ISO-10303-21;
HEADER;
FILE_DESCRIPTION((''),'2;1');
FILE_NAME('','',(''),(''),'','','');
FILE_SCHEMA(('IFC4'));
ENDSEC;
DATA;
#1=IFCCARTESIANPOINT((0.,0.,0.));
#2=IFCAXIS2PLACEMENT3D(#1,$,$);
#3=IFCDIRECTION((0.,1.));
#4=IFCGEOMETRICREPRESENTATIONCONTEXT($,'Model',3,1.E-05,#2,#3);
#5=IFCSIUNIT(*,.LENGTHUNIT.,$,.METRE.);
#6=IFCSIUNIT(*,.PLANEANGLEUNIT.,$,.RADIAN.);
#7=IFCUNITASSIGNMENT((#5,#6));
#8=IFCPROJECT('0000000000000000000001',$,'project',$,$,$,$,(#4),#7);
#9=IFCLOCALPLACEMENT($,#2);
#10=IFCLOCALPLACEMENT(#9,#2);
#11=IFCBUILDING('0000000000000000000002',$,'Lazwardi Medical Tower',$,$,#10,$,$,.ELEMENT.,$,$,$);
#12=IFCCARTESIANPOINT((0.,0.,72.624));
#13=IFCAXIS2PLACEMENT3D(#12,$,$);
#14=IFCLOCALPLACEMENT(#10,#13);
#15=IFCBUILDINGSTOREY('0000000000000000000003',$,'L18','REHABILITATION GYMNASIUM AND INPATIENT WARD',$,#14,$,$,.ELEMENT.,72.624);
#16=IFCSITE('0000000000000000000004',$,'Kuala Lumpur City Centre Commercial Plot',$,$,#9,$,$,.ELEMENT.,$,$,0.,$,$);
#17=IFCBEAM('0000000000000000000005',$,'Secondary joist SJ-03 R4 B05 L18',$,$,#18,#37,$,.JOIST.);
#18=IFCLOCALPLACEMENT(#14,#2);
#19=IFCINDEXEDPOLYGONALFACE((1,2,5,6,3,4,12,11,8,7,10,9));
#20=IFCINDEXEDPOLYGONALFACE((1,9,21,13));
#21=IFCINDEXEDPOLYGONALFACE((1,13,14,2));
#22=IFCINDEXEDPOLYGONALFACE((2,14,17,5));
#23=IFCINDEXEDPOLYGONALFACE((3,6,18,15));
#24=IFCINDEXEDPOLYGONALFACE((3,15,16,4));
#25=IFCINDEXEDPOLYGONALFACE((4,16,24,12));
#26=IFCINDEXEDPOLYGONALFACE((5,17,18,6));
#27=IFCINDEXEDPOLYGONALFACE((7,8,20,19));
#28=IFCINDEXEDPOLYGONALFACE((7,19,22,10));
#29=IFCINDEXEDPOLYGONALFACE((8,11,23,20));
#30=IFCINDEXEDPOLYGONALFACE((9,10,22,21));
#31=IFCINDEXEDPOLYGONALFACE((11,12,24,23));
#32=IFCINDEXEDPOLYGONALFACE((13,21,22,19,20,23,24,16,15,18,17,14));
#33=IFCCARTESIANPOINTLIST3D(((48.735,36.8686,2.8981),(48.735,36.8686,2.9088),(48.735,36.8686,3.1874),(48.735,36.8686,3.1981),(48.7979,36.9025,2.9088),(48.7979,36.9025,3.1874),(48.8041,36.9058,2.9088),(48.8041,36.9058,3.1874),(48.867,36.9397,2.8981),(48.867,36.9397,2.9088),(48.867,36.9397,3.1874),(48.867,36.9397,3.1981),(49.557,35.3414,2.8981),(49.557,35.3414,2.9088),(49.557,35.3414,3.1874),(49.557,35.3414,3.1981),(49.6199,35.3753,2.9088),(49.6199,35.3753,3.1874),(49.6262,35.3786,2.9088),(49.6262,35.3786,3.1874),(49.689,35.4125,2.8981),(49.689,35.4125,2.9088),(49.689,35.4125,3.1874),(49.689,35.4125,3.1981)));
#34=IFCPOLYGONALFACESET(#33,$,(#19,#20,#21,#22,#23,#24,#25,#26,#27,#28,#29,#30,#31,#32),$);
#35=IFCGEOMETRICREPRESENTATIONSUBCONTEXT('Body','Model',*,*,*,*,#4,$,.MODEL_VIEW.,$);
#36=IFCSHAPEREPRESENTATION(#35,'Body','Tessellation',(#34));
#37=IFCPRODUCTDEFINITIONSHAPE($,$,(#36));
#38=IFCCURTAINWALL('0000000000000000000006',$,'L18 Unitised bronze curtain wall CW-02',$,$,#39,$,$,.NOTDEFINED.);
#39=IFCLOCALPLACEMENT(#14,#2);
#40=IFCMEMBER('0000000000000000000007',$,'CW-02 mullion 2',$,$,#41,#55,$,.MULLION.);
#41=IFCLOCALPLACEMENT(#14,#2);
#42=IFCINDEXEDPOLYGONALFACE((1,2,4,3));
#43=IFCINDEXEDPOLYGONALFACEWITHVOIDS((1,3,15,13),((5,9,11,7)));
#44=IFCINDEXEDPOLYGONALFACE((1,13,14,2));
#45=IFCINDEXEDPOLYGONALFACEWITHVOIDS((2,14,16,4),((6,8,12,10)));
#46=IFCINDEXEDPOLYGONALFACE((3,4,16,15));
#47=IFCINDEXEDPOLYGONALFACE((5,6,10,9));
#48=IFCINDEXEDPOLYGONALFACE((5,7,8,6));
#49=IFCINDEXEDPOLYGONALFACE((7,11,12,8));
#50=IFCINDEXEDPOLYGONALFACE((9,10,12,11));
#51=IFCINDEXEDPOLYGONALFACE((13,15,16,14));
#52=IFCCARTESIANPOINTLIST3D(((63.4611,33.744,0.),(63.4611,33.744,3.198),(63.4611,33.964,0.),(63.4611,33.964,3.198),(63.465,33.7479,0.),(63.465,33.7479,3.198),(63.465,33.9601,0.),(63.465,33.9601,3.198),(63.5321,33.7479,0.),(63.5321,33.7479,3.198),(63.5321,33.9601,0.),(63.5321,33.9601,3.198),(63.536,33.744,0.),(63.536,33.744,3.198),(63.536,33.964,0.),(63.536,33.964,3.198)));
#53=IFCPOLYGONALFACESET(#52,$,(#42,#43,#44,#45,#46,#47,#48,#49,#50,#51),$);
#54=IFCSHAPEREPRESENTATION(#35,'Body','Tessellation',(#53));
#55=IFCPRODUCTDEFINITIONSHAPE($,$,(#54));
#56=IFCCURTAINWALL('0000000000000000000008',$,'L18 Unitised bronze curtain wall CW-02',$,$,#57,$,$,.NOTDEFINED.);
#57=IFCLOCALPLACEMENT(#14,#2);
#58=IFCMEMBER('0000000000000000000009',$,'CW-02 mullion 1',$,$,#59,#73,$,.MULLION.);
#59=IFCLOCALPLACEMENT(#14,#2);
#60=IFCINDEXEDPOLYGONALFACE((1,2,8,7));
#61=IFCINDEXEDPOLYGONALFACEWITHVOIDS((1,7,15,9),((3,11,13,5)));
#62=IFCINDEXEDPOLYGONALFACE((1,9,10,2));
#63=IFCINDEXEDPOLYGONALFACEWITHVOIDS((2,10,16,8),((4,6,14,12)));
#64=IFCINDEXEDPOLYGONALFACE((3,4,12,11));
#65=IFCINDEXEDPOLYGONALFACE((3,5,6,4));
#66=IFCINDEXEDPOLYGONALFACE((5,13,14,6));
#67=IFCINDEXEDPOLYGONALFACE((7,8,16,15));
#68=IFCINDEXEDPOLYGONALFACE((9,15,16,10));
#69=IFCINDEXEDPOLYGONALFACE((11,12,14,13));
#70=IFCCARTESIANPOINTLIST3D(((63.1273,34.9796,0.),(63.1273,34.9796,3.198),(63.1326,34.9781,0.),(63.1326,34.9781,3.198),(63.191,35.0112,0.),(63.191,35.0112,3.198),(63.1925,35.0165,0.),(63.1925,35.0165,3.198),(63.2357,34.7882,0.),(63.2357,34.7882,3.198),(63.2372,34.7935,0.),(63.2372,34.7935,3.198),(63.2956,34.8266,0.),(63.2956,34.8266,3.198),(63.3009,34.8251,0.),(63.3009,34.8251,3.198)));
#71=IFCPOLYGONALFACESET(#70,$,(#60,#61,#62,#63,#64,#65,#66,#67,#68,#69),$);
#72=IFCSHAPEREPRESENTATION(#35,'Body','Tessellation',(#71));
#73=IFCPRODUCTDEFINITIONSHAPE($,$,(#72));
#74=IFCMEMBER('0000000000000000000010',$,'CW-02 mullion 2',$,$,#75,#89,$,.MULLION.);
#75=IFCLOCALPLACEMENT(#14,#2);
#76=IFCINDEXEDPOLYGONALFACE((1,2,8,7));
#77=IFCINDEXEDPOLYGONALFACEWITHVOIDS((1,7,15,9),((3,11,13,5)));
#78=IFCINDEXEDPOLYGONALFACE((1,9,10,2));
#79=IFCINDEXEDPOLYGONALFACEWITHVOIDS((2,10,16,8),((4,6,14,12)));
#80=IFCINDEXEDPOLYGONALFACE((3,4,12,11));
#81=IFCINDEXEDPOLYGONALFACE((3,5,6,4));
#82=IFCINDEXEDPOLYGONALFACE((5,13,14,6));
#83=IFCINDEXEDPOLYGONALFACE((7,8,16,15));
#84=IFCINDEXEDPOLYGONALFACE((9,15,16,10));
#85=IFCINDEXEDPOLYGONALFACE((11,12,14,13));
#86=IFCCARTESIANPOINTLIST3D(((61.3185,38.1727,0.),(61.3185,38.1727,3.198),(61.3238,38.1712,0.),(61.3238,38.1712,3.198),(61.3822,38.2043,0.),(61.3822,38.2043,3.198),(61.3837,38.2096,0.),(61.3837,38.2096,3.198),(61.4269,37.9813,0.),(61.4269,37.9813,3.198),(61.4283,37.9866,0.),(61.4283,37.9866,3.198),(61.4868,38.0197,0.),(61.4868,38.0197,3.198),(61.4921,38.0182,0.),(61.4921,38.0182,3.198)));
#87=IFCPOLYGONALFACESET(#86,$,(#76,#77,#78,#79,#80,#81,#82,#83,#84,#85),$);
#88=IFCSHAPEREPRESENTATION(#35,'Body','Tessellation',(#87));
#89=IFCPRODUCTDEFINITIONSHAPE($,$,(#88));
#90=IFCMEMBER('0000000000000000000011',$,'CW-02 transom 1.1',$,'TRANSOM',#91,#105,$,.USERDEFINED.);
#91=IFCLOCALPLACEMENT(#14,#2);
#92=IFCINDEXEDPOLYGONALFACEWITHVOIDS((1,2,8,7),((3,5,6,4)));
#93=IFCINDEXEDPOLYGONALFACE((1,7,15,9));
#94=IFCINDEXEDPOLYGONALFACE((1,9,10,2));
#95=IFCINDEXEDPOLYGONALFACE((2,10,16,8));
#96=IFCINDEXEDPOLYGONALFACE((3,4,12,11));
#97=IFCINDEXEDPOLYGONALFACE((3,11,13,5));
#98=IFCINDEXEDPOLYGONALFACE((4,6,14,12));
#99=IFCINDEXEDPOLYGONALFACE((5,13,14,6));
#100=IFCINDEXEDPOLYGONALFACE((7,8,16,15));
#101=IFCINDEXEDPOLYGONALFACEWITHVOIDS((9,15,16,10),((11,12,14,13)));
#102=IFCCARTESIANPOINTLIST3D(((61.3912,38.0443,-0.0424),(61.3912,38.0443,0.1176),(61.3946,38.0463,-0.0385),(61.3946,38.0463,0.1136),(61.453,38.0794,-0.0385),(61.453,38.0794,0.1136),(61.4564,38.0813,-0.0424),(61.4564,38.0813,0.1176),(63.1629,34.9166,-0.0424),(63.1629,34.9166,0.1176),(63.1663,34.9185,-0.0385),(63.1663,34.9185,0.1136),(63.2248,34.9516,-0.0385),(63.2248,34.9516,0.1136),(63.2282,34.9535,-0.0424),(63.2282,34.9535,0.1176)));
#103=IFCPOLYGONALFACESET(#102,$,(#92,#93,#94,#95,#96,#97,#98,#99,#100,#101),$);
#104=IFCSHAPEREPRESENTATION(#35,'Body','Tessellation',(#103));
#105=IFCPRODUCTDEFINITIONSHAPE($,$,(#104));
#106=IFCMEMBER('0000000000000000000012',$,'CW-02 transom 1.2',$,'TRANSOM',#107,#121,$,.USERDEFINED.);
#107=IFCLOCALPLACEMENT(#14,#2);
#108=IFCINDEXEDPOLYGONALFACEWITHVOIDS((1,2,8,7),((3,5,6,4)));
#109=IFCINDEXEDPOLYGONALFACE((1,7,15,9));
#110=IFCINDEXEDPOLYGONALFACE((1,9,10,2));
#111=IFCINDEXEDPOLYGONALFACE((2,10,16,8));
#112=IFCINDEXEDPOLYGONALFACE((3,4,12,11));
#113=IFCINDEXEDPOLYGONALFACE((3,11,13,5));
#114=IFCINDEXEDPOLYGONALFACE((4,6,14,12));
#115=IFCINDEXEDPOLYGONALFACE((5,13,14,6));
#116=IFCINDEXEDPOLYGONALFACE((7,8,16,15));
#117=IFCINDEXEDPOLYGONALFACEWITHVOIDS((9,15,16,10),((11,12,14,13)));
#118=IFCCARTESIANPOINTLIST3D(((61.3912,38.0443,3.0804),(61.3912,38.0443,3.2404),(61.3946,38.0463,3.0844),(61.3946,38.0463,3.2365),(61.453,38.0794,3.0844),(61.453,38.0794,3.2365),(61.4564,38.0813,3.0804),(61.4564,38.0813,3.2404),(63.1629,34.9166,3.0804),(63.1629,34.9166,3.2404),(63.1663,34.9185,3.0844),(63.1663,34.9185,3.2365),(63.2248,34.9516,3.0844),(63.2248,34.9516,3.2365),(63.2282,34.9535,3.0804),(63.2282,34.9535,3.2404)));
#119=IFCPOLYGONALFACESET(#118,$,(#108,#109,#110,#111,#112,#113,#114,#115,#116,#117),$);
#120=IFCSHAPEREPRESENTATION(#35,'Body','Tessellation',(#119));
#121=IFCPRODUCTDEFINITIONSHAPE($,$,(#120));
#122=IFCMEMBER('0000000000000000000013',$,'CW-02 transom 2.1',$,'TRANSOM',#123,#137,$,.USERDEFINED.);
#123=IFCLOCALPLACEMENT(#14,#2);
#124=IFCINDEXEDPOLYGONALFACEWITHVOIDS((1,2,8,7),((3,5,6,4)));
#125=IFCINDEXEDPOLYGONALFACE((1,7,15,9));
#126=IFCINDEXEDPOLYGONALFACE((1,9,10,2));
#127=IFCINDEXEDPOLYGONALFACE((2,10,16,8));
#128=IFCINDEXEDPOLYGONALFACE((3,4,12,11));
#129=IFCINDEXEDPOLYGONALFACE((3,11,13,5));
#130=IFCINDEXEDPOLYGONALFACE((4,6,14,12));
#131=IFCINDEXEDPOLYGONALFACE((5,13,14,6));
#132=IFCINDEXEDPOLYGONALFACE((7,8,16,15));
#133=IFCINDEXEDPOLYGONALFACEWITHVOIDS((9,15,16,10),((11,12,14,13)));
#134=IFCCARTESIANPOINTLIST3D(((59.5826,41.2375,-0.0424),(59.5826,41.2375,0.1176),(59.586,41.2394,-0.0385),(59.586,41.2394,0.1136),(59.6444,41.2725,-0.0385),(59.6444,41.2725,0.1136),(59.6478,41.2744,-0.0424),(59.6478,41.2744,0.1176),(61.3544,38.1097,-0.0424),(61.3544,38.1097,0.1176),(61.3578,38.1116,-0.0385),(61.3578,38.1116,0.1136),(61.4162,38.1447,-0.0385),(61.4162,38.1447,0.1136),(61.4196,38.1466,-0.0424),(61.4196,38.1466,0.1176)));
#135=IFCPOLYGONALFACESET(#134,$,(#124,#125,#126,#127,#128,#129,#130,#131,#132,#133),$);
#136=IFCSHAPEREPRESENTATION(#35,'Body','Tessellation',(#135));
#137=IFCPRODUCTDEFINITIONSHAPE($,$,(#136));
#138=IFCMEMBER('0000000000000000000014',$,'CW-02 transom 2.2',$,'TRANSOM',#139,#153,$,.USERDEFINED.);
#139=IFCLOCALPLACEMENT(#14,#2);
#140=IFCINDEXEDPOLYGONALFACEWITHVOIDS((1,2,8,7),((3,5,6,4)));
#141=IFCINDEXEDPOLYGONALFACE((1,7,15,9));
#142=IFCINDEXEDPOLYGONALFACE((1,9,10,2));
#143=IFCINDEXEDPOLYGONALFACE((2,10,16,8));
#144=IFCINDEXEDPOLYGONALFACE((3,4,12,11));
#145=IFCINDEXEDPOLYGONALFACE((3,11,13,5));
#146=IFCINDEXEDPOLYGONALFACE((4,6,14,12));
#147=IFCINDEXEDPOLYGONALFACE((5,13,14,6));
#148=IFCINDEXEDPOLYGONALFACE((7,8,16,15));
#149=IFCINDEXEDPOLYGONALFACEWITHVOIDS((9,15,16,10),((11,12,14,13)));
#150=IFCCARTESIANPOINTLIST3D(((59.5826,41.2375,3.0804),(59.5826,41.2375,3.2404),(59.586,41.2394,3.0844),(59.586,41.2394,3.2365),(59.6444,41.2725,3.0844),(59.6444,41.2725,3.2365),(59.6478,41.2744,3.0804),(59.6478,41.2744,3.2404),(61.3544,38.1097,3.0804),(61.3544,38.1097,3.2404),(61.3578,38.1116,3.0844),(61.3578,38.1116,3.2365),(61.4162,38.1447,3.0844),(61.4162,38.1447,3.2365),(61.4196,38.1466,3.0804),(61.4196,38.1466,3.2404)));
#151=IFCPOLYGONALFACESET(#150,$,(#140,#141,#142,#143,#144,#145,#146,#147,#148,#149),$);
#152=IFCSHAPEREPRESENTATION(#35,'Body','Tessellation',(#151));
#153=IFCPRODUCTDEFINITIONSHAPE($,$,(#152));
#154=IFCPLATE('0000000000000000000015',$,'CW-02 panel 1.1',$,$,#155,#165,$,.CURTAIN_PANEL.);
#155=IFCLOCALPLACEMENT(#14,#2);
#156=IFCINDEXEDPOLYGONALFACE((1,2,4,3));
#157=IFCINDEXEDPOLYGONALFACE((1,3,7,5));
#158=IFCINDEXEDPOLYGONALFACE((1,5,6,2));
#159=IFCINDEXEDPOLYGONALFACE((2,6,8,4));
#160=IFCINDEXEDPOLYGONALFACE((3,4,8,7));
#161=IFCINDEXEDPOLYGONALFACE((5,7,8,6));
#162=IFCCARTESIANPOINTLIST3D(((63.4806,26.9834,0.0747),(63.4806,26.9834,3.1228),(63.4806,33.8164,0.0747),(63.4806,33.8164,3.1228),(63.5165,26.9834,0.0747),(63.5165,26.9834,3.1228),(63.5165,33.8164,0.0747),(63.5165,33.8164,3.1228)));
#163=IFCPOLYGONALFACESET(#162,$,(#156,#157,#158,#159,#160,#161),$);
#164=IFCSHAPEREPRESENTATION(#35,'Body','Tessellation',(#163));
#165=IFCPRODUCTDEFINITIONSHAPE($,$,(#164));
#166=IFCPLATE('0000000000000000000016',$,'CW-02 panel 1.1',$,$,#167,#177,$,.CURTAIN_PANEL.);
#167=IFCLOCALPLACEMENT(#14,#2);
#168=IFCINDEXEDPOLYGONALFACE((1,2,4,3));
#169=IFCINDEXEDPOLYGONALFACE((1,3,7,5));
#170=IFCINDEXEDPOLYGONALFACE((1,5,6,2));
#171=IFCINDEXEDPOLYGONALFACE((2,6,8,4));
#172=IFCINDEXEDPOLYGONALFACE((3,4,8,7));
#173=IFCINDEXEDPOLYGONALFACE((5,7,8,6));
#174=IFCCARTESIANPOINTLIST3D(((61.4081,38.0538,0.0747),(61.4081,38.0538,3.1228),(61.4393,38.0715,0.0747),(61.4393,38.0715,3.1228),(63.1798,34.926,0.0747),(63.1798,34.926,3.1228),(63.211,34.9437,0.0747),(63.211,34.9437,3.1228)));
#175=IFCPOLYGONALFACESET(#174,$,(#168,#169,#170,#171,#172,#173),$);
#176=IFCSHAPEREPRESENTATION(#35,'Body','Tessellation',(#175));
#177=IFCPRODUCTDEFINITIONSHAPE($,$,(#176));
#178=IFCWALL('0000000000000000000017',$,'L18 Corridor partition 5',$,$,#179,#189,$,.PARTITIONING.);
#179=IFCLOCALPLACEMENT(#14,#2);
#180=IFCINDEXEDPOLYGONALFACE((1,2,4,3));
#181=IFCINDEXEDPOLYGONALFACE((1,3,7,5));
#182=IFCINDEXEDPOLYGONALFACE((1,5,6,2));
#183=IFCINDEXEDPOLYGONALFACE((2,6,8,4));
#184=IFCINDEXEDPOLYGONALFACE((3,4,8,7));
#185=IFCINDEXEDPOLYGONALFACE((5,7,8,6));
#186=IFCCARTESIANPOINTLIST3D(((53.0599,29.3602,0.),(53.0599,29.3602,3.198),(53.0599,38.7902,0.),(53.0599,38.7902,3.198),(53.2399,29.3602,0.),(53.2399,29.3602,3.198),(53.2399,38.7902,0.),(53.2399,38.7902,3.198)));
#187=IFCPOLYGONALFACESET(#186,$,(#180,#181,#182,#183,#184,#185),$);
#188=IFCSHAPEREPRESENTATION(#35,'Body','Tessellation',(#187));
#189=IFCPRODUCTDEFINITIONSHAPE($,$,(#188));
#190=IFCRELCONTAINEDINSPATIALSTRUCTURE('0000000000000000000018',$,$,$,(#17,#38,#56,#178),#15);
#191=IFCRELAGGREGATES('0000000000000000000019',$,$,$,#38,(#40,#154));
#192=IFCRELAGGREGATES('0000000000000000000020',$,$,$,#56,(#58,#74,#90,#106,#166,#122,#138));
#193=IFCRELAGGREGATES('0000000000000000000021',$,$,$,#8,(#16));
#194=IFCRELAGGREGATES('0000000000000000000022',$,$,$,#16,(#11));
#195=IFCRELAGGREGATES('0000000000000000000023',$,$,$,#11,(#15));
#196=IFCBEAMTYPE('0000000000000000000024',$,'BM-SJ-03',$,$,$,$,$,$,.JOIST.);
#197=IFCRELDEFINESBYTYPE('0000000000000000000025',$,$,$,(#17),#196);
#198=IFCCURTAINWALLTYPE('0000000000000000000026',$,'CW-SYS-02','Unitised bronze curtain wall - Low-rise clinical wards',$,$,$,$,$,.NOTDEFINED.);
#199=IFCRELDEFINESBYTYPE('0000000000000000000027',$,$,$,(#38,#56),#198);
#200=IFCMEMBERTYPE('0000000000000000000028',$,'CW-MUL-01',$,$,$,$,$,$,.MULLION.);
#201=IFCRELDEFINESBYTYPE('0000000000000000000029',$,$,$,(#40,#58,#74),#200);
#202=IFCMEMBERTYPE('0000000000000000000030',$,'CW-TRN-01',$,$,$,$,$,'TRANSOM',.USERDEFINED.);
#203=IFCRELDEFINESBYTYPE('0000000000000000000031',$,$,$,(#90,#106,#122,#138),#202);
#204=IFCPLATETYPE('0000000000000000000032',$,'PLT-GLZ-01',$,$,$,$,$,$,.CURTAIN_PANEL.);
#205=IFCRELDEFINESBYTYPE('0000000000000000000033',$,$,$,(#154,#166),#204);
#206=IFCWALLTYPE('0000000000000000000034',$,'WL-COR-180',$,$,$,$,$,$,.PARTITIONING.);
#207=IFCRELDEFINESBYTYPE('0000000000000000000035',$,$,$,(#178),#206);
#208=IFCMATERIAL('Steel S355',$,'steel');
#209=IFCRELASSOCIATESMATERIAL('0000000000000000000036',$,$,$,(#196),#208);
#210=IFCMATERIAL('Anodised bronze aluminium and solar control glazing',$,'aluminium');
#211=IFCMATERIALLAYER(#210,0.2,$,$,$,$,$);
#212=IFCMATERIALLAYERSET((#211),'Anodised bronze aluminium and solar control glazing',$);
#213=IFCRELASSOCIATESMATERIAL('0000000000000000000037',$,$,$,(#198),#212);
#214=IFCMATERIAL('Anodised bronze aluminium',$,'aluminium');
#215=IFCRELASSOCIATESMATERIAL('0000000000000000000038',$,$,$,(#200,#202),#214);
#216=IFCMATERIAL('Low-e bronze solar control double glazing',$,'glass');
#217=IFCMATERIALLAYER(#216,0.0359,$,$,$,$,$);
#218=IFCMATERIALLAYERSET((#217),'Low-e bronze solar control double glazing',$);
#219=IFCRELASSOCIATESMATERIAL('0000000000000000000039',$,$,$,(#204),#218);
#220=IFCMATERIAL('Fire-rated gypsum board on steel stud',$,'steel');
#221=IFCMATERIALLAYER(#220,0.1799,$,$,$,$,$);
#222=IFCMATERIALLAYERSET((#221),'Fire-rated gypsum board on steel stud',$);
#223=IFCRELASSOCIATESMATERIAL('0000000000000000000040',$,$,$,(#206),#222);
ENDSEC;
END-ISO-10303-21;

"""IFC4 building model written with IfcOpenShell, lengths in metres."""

from ifc_helpers import new_model, si_unit, direction, frame, frame_2d, origin, origin_2d, place, context, subcontext, project, spatial, rectangle, hollow_rectangle, i_section, extrude, material, layer, layer_set, material_profile, profile_set, type_object, element, aggregate, save


model = new_model("IFC4")

# Units and contexts
model_context = context("Model", 3, precision=1e-05, world=origin(), true_north=direction((0.0, 1.0)))
body_context = subcontext(model_context, "Body", "Model", "MODEL_VIEW")
ifc_project = project(units=[si_unit("LENGTHUNIT", "METRE"), si_unit("PLANEANGLEUNIT", "RADIAN")], contexts=[model_context])

# Site, building, storey
site_placement = place(None, origin())
site = spatial("IfcSite", under=ifc_project, at=site_placement, Name="Kuala Lumpur City Centre Commercial Plot", CompositionType="ELEMENT", RefElevation=0.0)
building_placement = place(site_placement, origin())
building = spatial("IfcBuilding", under=site, at=building_placement, Name="Lazwardi Medical Tower", CompositionType="ELEMENT")
storey_placement = place(building_placement, frame((0.0, 0.0, 72.624)))
storey = spatial("IfcBuildingStorey", under=building, at=storey_placement, Name="L18", Description="REHABILITATION GYMNASIUM AND INPATIENT WARD", CompositionType="ELEMENT", Elevation=72.624)

# Beam
ifc_material_1 = material(Name="Steel S355", Category="steel")
ifc_material_profile_1 = material_profile(ifc_material_1, i_section(OverallWidth=0.1499, OverallDepth=0.3, WebThickness=0.0071, FlangeThickness=0.0107, at=origin_2d()), Name="IPE 300")
ifc_profile_set_1 = profile_set([ifc_material_profile_1], Name="Steel S355")
beam_type_1 = type_object("IfcBeamType", Name="BM-SJ-03", PredefinedType="JOIST", material=ifc_profile_set_1)
beam_1_placement = place(storey_placement, frame((49.623, 35.377, 3.0481), z_axis=(-0.473982, 0.880534, 0.0), x_axis=(-0.880534, -0.473982, 0.0)))
element("IfcBeam", 1, at=beam_1_placement, inside=storey, type_object=beam_type_1, Name="Secondary joist SJ-03 R4 B05 L18", PredefinedType="JOIST", context=body_context, shape_type="SweptSolid", body=[
    extrude(i_section(OverallWidth=0.1499, OverallDepth=0.3, WebThickness=0.0071, FlangeThickness=0.0107, at=origin_2d()), origin(), (0.0, 0.0, 1.0), 1.7344),
])

# Curtain wall, member
ifc_material_2 = material(Name="Anodised bronze aluminium and solar control glazing", Category="aluminium")
ifc_layer_1 = layer(ifc_material_2, 0.2)
ifc_layer_set_1 = layer_set([ifc_layer_1], Name="Anodised bronze aluminium and solar control glazing")
curtain_wall_type = type_object("IfcCurtainWallType", Name="CW-SYS-02", Description="Unitised bronze curtain wall - Low-rise clinical wards", PredefinedType="NOTDEFINED", material=ifc_layer_set_1)
curtain_wall_1_placement = place(storey_placement, origin())
curtain_wall_1 = element("IfcCurtainWall", 2, at=curtain_wall_1_placement, inside=storey, type_object=curtain_wall_type, Name="L18 Unitised bronze curtain wall CW-02", PredefinedType="NOTDEFINED")
ifc_material_3 = material(Name="Anodised bronze aluminium", Category="aluminium")
ifc_material_profile_2 = material_profile(ifc_material_3, hollow_rectangle(XDim=0.075, YDim=0.22, WallThickness=0.0039, at=origin_2d()), Name="ALU-MULLION 220x75x4")
ifc_profile_set_2 = profile_set([ifc_material_profile_2], Name="Anodised bronze aluminium")
member_type_1 = type_object("IfcMemberType", Name="CW-MUL-01", PredefinedType="MULLION", material=ifc_profile_set_2)
member_1_placement = place(storey_placement, frame((63.4985, 33.854, 0.0), z_axis=(0.0, 0.0, 1.0), x_axis=(-1.0, 0.0, 0.0)))
member_1 = element("IfcMember", 3, at=member_1_placement, type_object=member_type_1, Name="CW-02 mullion 2", PredefinedType="MULLION", context=body_context, shape_type="SweptSolid", body=[
    extrude(hollow_rectangle(XDim=0.075, YDim=0.22, WallThickness=0.0039, at=origin_2d()), origin(), (0.0, 0.0, 1.0), 3.198),
])

# Curtain wall, members
curtain_wall_2_placement = place(storey_placement, origin())
curtain_wall_2 = element("IfcCurtainWall", 4, at=curtain_wall_2_placement, inside=storey, type_object=curtain_wall_type, Name="L18 Unitised bronze curtain wall CW-02", PredefinedType="NOTDEFINED")
member_2_placement = place(storey_placement, frame((63.2141, 34.9023, 0.0), z_axis=(0.0, 0.0, 1.0), x_axis=(-0.870112, -0.492854, 0.0)))
member_2 = element("IfcMember", 5, at=member_2_placement, type_object=member_type_1, Name="CW-02 mullion 1", PredefinedType="MULLION", context=body_context, shape_type="SweptSolid", body=[
    extrude(hollow_rectangle(XDim=0.075, YDim=0.22, WallThickness=0.0039, at=origin_2d()), origin(), (0.0, 0.0, 1.0), 3.198),
])
member_3_placement = place(storey_placement, frame((61.4053, 38.0955, 0.0), z_axis=(0.0, 0.0, 1.0), x_axis=(-0.870112, -0.492854, 0.0)))
member_3 = element("IfcMember", 6, at=member_3_placement, type_object=member_type_1, Name="CW-02 mullion 2", PredefinedType="MULLION", context=body_context, shape_type="SweptSolid", body=[
    extrude(hollow_rectangle(XDim=0.075, YDim=0.22, WallThickness=0.0039, at=origin_2d()), origin(), (0.0, 0.0, 1.0), 3.198),
])
ifc_material_profile_3 = material_profile(ifc_material_3, hollow_rectangle(XDim=0.075, YDim=0.1599, WallThickness=0.0039, at=origin_2d()), Name="ALU-TRANSOM 160x75x4")
ifc_profile_set_3 = profile_set([ifc_material_profile_3], Name="Anodised bronze aluminium")
member_type_2 = type_object("IfcMemberType", Name="CW-TRN-01", ElementType="TRANSOM", PredefinedType="USERDEFINED", material=ifc_profile_set_3)
member_4_placement = place(storey_placement, frame((63.1956, 34.9351, 0.0376), z_axis=(-0.492881, 0.870097, 0.0), x_axis=(-0.870097, -0.492881, 0.0)))
member_4 = element("IfcMember", 7, at=member_4_placement, type_object=member_type_2, Name="CW-02 transom 1.1", ObjectType="TRANSOM", PredefinedType="USERDEFINED", context=body_context, shape_type="SweptSolid", body=[
    extrude(hollow_rectangle(XDim=0.075, YDim=0.1599, WallThickness=0.0039, at=origin_2d()), origin(), (0.0, 0.0, 1.0), 3.5947),
])
member_5_placement = place(storey_placement, frame((63.1956, 34.9351, 3.1604), z_axis=(-0.492881, 0.870097, 0.0), x_axis=(-0.870097, -0.492881, 0.0)))
member_5 = element("IfcMember", 8, at=member_5_placement, type_object=member_type_2, Name="CW-02 transom 1.2", ObjectType="TRANSOM", PredefinedType="USERDEFINED", context=body_context, shape_type="SweptSolid", body=[
    extrude(hollow_rectangle(XDim=0.075, YDim=0.1599, WallThickness=0.0039, at=origin_2d()), origin(), (0.0, 0.0, 1.0), 3.5947),
])
member_6_placement = place(storey_placement, frame((61.387, 38.1282, 0.0376), z_axis=(-0.492881, 0.870097, 0.0), x_axis=(-0.870097, -0.492881, 0.0)))
member_6 = element("IfcMember", 9, at=member_6_placement, type_object=member_type_2, Name="CW-02 transom 2.1", ObjectType="TRANSOM", PredefinedType="USERDEFINED", context=body_context, shape_type="SweptSolid", body=[
    extrude(hollow_rectangle(XDim=0.075, YDim=0.1599, WallThickness=0.0039, at=origin_2d()), origin(), (0.0, 0.0, 1.0), 3.5947),
])
member_7_placement = place(storey_placement, frame((61.387, 38.1282, 3.1604), z_axis=(-0.492881, 0.870097, 0.0), x_axis=(-0.870097, -0.492881, 0.0)))
member_7 = element("IfcMember", 10, at=member_7_placement, type_object=member_type_2, Name="CW-02 transom 2.2", ObjectType="TRANSOM", PredefinedType="USERDEFINED", context=body_context, shape_type="SweptSolid", body=[
    extrude(hollow_rectangle(XDim=0.075, YDim=0.1599, WallThickness=0.0039, at=origin_2d()), origin(), (0.0, 0.0, 1.0), 3.5947),
])

# Plates
ifc_material_4 = material(Name="Low-e bronze solar control double glazing", Category="glass")
ifc_layer_2 = layer(ifc_material_4, 0.0359)
ifc_layer_set_2 = layer_set([ifc_layer_2], Name="Low-e bronze solar control double glazing")
plate_type = type_object("IfcPlateType", Name="PLT-GLZ-01", PredefinedType="CURTAIN_PANEL", material=ifc_layer_set_2)
plate_1_placement = place(storey_placement, frame((63.4985, 30.3999, 0.0747), z_axis=(0.0, 0.0, 1.0), x_axis=(0.0, 1.0, 0.0)))
plate_1 = element("IfcPlate", 11, at=plate_1_placement, type_object=plate_type, Name="CW-02 panel 1.1", PredefinedType="CURTAIN_PANEL", context=body_context, shape_type="SweptSolid", body=[
    extrude(rectangle(XDim=6.833, YDim=0.0359, at=origin_2d()), origin(), (0.0, 0.0, 1.0), 3.0481),
])
aggregate(curtain_wall_1, [member_1, plate_1])
plate_2_placement = place(storey_placement, frame((62.3096, 36.4988, 0.0747), z_axis=(0.0, 0.0, 1.0), x_axis=(-0.492854, 0.870112, 0.0)))
plate_2 = element("IfcPlate", 12, at=plate_2_placement, type_object=plate_type, Name="CW-02 panel 1.1", PredefinedType="CURTAIN_PANEL", context=body_context, shape_type="SweptSolid", body=[
    extrude(rectangle(XDim=3.5947, YDim=0.0359, at=origin_2d()), origin(), (0.0, 0.0, 1.0), 3.0481),
])
aggregate(curtain_wall_2, [member_2, member_3, member_4, member_5, plate_2, member_6, member_7])

# Wall
ifc_material_5 = material(Name="Fire-rated gypsum board on steel stud", Category="steel")
ifc_layer_3 = layer(ifc_material_5, 0.1799)
ifc_layer_set_3 = layer_set([ifc_layer_3], Name="Fire-rated gypsum board on steel stud")
wall_type_1 = type_object("IfcWallType", Name="WL-COR-180", PredefinedType="PARTITIONING", material=ifc_layer_set_3)
wall_1_placement = place(storey_placement, frame((53.1499, 38.79, 0.0), z_axis=(0.0, 0.0, 1.0), x_axis=(0.0, -1.0, 0.0)))
element("IfcWall", 13, at=wall_1_placement, inside=storey, type_object=wall_type_1, Name="L18 Corridor partition 5", PredefinedType="PARTITIONING", context=body_context, shape_type="SweptSolid", body=[
    extrude(rectangle(XDim=9.4299, YDim=0.1799, at=frame_2d((4.7148, 0.0))), origin(), (0.0, 0.0, 1.0), 3.198),
])

save(model, "model.ifc")
